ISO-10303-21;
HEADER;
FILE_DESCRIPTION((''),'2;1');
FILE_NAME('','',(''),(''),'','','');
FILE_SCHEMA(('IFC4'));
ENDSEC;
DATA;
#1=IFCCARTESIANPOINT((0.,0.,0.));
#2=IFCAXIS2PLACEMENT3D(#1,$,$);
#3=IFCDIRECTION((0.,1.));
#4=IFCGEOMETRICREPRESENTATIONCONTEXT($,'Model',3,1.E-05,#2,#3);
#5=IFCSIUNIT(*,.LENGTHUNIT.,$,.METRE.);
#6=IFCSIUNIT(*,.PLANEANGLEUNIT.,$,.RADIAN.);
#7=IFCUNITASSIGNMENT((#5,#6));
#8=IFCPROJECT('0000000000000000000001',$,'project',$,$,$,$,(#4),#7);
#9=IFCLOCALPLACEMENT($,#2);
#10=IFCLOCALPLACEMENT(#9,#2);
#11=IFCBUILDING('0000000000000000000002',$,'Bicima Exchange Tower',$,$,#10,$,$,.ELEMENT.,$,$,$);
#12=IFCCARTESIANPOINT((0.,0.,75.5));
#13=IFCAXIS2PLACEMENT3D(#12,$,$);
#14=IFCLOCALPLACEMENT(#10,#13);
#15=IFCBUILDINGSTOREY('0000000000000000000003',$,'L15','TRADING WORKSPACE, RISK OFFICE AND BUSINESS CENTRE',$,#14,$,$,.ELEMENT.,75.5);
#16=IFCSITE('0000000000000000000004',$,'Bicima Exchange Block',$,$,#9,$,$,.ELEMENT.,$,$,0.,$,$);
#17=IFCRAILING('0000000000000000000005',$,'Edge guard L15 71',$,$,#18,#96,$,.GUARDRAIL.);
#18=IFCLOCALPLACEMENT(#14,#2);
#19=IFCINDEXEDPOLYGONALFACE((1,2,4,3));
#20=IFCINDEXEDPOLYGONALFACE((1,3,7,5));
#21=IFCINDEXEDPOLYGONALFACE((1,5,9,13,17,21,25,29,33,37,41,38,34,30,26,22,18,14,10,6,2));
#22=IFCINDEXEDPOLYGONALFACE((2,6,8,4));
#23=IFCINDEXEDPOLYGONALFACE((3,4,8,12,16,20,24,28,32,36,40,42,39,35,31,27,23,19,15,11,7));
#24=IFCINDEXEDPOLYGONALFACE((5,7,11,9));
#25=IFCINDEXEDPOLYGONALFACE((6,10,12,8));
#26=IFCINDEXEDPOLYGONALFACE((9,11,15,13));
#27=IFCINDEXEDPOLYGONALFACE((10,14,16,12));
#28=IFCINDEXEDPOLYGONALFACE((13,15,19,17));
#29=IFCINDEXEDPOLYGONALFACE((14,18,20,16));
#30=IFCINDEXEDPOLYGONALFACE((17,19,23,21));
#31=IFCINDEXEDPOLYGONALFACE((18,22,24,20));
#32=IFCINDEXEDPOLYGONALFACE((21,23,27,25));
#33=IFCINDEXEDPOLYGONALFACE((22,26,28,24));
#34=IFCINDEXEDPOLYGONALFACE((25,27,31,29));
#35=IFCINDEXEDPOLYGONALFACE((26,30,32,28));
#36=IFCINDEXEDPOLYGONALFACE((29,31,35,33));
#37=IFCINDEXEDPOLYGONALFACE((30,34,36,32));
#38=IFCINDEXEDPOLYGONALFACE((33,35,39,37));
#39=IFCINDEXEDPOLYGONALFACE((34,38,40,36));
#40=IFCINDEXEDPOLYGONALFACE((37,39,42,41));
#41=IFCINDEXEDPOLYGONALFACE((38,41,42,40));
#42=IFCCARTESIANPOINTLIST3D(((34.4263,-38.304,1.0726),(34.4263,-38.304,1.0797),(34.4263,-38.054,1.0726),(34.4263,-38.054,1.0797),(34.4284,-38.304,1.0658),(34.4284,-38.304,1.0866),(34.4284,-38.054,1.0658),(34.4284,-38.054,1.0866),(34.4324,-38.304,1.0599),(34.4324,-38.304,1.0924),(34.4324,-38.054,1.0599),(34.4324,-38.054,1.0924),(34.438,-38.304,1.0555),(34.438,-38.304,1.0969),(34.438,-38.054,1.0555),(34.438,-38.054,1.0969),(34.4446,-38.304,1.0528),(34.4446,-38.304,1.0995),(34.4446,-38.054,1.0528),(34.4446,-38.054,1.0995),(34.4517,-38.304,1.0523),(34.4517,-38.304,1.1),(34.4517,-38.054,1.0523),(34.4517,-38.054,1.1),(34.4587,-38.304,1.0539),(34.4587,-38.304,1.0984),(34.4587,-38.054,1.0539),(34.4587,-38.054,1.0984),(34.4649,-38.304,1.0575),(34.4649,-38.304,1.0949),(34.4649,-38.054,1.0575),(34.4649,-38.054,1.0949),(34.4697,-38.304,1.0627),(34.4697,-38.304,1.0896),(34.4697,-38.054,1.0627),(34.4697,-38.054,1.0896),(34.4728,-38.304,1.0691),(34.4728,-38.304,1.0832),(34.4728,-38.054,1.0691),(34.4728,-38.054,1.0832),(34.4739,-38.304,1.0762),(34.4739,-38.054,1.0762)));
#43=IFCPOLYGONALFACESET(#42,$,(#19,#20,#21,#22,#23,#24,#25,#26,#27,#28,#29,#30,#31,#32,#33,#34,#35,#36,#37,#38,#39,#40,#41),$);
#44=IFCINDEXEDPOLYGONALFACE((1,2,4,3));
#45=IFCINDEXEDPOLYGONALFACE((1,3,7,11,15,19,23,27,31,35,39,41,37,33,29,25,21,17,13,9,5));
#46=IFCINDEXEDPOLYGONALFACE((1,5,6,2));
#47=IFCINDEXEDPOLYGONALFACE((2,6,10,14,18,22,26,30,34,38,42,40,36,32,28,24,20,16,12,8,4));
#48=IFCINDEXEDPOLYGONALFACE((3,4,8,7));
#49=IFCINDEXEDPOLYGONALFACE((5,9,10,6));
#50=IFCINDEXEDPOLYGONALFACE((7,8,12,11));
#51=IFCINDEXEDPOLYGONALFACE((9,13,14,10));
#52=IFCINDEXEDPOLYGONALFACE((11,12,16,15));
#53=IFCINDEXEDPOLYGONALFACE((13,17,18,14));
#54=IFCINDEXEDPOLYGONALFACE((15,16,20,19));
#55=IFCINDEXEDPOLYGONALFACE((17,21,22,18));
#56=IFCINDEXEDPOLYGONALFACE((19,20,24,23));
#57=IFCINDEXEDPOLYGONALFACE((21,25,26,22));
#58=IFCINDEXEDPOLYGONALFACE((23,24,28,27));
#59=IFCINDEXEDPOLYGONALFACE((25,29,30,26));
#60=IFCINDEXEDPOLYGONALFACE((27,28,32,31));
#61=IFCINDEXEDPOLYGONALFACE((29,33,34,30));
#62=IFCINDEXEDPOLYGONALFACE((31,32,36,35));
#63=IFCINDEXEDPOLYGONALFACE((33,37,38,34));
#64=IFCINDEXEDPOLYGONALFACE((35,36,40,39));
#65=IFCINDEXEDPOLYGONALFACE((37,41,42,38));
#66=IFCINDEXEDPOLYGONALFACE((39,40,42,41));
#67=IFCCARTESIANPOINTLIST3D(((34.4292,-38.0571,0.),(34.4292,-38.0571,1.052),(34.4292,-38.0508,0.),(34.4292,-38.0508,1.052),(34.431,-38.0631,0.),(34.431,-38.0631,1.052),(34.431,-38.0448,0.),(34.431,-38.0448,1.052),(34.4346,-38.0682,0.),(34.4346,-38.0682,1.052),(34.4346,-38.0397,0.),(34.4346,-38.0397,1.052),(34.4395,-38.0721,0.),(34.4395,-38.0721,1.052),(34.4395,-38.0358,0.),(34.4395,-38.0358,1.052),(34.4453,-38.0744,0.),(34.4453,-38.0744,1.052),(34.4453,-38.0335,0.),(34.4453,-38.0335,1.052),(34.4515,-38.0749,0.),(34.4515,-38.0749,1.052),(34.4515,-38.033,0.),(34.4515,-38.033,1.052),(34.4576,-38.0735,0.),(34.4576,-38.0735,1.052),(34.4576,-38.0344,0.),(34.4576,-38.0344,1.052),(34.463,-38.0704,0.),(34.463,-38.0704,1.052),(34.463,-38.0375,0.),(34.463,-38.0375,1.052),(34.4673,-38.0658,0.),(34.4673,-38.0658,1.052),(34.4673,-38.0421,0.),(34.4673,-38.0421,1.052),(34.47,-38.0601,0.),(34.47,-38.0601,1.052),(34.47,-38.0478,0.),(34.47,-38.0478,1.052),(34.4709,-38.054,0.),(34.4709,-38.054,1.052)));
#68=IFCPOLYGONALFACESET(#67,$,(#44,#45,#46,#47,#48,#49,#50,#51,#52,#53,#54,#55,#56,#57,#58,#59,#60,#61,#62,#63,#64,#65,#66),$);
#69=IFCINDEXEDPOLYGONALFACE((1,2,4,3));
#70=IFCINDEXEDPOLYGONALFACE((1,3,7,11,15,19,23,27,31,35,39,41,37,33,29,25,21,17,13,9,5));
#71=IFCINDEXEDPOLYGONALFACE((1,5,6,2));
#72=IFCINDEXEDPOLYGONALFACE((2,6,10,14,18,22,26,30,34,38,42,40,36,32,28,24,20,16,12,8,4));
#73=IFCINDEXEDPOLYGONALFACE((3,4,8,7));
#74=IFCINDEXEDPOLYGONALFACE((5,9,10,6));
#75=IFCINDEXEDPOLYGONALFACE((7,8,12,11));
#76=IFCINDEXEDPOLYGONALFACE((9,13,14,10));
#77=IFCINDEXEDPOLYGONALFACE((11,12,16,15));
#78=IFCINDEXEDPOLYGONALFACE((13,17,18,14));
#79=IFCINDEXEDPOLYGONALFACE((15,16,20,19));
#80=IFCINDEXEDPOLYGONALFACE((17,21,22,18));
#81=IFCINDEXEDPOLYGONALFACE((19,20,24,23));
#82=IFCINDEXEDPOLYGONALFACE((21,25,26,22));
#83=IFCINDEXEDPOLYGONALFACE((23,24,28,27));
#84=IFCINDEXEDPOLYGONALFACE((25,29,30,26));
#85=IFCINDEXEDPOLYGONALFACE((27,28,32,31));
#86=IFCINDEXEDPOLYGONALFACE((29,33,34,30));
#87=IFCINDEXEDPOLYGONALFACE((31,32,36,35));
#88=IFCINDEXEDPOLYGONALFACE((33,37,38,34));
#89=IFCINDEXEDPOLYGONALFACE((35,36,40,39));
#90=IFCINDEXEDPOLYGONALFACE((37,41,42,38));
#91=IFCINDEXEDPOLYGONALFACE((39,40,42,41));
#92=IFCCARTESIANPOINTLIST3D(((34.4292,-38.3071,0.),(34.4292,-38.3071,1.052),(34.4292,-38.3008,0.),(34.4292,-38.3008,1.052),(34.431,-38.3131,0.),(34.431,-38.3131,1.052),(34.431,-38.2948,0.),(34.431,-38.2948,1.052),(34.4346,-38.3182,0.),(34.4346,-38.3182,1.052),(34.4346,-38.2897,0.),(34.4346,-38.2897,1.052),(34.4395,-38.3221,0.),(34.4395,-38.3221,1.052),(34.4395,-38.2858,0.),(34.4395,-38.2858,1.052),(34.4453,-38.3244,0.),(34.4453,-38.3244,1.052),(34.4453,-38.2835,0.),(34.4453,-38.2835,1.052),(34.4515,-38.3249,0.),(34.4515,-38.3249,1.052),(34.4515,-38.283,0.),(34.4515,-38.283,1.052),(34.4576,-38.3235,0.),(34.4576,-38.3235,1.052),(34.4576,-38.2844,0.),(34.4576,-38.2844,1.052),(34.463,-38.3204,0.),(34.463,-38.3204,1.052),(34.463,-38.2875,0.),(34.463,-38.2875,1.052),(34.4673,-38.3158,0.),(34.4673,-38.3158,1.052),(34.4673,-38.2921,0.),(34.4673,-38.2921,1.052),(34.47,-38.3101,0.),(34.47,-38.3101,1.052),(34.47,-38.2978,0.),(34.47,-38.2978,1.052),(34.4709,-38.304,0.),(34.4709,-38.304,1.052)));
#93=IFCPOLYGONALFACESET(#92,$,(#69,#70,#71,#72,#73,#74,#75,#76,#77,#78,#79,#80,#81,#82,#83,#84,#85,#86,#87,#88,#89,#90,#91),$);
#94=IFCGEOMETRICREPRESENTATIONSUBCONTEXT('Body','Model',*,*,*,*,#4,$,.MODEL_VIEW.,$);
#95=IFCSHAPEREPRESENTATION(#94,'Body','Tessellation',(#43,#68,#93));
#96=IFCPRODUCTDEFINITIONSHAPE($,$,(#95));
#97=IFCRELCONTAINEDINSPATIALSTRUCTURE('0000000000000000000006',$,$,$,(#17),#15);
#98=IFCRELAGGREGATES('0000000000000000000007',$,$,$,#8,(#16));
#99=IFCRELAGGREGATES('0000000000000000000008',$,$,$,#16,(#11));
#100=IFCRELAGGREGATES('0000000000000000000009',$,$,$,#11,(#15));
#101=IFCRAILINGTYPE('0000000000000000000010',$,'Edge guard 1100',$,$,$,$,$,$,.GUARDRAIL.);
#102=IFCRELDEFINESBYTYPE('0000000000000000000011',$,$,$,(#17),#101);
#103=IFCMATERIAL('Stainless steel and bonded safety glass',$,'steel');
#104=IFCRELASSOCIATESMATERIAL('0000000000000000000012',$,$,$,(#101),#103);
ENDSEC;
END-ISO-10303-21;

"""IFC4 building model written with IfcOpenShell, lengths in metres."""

from ifc_helpers import new_model, si_unit, direction, frame, origin, origin_2d, place, context, subcontext, project, spatial, circle, extrude, material, type_object, element, save


model = new_model("IFC4")

# Units and contexts
model_context = context("Model", 3, precision=1e-05, world=origin(), true_north=direction((0.0, 1.0)))
body_context = subcontext(model_context, "Body", "Model", "MODEL_VIEW")
ifc_project = project(units=[si_unit("LENGTHUNIT", "METRE"), si_unit("PLANEANGLEUNIT", "RADIAN")], contexts=[model_context])

# Site, building, storey
site_placement = place(None, origin())
site = spatial("IfcSite", under=ifc_project, at=site_placement, Name="Bicima Exchange Block", CompositionType="ELEMENT", RefElevation=0.0)
building_placement = place(site_placement, origin())
building = spatial("IfcBuilding", under=site, at=building_placement, Name="Bicima Exchange Tower", CompositionType="ELEMENT")
storey_placement = place(building_placement, frame((0.0, 0.0, 75.5)))
storey = spatial("IfcBuildingStorey", under=building, at=storey_placement, Name="L15", Description="TRADING WORKSPACE, RISK OFFICE AND BUSINESS CENTRE", CompositionType="ELEMENT", Elevation=75.5)

# Railing
ifc_material_1 = material(Name="Stainless steel and bonded safety glass", Category="steel")
railing_type = type_object("IfcRailingType", Name="Edge guard 1100", PredefinedType="GUARDRAIL", material=ifc_material_1)
railing_1_placement = place(storey_placement, frame((34.45, -38.054, 0.0)))
element("IfcRailing", 1, at=railing_1_placement, inside=storey, type_object=railing_type, Name="Edge guard L15 71", PredefinedType="GUARDRAIL", context=body_context, shape_type="SweptSolid", body=[
    extrude(circle(Radius=0.0239, at=origin_2d()), frame((0.0, 0.0, 1.0762), z_axis=(0.0, -1.0, 0.0), x_axis=(1.0, 0.0, 0.0)), (0.0, 0.0, 1.0), 0.25),
    extrude(circle(Radius=0.021, at=origin_2d()), origin(), (0.0, 0.0, 1.0), 1.052),
    extrude(circle(Radius=0.021, at=origin_2d()), frame((0.0, -0.25, 0.0)), (0.0, 0.0, 1.0), 1.052),
])

save(model, "model.ifc")
